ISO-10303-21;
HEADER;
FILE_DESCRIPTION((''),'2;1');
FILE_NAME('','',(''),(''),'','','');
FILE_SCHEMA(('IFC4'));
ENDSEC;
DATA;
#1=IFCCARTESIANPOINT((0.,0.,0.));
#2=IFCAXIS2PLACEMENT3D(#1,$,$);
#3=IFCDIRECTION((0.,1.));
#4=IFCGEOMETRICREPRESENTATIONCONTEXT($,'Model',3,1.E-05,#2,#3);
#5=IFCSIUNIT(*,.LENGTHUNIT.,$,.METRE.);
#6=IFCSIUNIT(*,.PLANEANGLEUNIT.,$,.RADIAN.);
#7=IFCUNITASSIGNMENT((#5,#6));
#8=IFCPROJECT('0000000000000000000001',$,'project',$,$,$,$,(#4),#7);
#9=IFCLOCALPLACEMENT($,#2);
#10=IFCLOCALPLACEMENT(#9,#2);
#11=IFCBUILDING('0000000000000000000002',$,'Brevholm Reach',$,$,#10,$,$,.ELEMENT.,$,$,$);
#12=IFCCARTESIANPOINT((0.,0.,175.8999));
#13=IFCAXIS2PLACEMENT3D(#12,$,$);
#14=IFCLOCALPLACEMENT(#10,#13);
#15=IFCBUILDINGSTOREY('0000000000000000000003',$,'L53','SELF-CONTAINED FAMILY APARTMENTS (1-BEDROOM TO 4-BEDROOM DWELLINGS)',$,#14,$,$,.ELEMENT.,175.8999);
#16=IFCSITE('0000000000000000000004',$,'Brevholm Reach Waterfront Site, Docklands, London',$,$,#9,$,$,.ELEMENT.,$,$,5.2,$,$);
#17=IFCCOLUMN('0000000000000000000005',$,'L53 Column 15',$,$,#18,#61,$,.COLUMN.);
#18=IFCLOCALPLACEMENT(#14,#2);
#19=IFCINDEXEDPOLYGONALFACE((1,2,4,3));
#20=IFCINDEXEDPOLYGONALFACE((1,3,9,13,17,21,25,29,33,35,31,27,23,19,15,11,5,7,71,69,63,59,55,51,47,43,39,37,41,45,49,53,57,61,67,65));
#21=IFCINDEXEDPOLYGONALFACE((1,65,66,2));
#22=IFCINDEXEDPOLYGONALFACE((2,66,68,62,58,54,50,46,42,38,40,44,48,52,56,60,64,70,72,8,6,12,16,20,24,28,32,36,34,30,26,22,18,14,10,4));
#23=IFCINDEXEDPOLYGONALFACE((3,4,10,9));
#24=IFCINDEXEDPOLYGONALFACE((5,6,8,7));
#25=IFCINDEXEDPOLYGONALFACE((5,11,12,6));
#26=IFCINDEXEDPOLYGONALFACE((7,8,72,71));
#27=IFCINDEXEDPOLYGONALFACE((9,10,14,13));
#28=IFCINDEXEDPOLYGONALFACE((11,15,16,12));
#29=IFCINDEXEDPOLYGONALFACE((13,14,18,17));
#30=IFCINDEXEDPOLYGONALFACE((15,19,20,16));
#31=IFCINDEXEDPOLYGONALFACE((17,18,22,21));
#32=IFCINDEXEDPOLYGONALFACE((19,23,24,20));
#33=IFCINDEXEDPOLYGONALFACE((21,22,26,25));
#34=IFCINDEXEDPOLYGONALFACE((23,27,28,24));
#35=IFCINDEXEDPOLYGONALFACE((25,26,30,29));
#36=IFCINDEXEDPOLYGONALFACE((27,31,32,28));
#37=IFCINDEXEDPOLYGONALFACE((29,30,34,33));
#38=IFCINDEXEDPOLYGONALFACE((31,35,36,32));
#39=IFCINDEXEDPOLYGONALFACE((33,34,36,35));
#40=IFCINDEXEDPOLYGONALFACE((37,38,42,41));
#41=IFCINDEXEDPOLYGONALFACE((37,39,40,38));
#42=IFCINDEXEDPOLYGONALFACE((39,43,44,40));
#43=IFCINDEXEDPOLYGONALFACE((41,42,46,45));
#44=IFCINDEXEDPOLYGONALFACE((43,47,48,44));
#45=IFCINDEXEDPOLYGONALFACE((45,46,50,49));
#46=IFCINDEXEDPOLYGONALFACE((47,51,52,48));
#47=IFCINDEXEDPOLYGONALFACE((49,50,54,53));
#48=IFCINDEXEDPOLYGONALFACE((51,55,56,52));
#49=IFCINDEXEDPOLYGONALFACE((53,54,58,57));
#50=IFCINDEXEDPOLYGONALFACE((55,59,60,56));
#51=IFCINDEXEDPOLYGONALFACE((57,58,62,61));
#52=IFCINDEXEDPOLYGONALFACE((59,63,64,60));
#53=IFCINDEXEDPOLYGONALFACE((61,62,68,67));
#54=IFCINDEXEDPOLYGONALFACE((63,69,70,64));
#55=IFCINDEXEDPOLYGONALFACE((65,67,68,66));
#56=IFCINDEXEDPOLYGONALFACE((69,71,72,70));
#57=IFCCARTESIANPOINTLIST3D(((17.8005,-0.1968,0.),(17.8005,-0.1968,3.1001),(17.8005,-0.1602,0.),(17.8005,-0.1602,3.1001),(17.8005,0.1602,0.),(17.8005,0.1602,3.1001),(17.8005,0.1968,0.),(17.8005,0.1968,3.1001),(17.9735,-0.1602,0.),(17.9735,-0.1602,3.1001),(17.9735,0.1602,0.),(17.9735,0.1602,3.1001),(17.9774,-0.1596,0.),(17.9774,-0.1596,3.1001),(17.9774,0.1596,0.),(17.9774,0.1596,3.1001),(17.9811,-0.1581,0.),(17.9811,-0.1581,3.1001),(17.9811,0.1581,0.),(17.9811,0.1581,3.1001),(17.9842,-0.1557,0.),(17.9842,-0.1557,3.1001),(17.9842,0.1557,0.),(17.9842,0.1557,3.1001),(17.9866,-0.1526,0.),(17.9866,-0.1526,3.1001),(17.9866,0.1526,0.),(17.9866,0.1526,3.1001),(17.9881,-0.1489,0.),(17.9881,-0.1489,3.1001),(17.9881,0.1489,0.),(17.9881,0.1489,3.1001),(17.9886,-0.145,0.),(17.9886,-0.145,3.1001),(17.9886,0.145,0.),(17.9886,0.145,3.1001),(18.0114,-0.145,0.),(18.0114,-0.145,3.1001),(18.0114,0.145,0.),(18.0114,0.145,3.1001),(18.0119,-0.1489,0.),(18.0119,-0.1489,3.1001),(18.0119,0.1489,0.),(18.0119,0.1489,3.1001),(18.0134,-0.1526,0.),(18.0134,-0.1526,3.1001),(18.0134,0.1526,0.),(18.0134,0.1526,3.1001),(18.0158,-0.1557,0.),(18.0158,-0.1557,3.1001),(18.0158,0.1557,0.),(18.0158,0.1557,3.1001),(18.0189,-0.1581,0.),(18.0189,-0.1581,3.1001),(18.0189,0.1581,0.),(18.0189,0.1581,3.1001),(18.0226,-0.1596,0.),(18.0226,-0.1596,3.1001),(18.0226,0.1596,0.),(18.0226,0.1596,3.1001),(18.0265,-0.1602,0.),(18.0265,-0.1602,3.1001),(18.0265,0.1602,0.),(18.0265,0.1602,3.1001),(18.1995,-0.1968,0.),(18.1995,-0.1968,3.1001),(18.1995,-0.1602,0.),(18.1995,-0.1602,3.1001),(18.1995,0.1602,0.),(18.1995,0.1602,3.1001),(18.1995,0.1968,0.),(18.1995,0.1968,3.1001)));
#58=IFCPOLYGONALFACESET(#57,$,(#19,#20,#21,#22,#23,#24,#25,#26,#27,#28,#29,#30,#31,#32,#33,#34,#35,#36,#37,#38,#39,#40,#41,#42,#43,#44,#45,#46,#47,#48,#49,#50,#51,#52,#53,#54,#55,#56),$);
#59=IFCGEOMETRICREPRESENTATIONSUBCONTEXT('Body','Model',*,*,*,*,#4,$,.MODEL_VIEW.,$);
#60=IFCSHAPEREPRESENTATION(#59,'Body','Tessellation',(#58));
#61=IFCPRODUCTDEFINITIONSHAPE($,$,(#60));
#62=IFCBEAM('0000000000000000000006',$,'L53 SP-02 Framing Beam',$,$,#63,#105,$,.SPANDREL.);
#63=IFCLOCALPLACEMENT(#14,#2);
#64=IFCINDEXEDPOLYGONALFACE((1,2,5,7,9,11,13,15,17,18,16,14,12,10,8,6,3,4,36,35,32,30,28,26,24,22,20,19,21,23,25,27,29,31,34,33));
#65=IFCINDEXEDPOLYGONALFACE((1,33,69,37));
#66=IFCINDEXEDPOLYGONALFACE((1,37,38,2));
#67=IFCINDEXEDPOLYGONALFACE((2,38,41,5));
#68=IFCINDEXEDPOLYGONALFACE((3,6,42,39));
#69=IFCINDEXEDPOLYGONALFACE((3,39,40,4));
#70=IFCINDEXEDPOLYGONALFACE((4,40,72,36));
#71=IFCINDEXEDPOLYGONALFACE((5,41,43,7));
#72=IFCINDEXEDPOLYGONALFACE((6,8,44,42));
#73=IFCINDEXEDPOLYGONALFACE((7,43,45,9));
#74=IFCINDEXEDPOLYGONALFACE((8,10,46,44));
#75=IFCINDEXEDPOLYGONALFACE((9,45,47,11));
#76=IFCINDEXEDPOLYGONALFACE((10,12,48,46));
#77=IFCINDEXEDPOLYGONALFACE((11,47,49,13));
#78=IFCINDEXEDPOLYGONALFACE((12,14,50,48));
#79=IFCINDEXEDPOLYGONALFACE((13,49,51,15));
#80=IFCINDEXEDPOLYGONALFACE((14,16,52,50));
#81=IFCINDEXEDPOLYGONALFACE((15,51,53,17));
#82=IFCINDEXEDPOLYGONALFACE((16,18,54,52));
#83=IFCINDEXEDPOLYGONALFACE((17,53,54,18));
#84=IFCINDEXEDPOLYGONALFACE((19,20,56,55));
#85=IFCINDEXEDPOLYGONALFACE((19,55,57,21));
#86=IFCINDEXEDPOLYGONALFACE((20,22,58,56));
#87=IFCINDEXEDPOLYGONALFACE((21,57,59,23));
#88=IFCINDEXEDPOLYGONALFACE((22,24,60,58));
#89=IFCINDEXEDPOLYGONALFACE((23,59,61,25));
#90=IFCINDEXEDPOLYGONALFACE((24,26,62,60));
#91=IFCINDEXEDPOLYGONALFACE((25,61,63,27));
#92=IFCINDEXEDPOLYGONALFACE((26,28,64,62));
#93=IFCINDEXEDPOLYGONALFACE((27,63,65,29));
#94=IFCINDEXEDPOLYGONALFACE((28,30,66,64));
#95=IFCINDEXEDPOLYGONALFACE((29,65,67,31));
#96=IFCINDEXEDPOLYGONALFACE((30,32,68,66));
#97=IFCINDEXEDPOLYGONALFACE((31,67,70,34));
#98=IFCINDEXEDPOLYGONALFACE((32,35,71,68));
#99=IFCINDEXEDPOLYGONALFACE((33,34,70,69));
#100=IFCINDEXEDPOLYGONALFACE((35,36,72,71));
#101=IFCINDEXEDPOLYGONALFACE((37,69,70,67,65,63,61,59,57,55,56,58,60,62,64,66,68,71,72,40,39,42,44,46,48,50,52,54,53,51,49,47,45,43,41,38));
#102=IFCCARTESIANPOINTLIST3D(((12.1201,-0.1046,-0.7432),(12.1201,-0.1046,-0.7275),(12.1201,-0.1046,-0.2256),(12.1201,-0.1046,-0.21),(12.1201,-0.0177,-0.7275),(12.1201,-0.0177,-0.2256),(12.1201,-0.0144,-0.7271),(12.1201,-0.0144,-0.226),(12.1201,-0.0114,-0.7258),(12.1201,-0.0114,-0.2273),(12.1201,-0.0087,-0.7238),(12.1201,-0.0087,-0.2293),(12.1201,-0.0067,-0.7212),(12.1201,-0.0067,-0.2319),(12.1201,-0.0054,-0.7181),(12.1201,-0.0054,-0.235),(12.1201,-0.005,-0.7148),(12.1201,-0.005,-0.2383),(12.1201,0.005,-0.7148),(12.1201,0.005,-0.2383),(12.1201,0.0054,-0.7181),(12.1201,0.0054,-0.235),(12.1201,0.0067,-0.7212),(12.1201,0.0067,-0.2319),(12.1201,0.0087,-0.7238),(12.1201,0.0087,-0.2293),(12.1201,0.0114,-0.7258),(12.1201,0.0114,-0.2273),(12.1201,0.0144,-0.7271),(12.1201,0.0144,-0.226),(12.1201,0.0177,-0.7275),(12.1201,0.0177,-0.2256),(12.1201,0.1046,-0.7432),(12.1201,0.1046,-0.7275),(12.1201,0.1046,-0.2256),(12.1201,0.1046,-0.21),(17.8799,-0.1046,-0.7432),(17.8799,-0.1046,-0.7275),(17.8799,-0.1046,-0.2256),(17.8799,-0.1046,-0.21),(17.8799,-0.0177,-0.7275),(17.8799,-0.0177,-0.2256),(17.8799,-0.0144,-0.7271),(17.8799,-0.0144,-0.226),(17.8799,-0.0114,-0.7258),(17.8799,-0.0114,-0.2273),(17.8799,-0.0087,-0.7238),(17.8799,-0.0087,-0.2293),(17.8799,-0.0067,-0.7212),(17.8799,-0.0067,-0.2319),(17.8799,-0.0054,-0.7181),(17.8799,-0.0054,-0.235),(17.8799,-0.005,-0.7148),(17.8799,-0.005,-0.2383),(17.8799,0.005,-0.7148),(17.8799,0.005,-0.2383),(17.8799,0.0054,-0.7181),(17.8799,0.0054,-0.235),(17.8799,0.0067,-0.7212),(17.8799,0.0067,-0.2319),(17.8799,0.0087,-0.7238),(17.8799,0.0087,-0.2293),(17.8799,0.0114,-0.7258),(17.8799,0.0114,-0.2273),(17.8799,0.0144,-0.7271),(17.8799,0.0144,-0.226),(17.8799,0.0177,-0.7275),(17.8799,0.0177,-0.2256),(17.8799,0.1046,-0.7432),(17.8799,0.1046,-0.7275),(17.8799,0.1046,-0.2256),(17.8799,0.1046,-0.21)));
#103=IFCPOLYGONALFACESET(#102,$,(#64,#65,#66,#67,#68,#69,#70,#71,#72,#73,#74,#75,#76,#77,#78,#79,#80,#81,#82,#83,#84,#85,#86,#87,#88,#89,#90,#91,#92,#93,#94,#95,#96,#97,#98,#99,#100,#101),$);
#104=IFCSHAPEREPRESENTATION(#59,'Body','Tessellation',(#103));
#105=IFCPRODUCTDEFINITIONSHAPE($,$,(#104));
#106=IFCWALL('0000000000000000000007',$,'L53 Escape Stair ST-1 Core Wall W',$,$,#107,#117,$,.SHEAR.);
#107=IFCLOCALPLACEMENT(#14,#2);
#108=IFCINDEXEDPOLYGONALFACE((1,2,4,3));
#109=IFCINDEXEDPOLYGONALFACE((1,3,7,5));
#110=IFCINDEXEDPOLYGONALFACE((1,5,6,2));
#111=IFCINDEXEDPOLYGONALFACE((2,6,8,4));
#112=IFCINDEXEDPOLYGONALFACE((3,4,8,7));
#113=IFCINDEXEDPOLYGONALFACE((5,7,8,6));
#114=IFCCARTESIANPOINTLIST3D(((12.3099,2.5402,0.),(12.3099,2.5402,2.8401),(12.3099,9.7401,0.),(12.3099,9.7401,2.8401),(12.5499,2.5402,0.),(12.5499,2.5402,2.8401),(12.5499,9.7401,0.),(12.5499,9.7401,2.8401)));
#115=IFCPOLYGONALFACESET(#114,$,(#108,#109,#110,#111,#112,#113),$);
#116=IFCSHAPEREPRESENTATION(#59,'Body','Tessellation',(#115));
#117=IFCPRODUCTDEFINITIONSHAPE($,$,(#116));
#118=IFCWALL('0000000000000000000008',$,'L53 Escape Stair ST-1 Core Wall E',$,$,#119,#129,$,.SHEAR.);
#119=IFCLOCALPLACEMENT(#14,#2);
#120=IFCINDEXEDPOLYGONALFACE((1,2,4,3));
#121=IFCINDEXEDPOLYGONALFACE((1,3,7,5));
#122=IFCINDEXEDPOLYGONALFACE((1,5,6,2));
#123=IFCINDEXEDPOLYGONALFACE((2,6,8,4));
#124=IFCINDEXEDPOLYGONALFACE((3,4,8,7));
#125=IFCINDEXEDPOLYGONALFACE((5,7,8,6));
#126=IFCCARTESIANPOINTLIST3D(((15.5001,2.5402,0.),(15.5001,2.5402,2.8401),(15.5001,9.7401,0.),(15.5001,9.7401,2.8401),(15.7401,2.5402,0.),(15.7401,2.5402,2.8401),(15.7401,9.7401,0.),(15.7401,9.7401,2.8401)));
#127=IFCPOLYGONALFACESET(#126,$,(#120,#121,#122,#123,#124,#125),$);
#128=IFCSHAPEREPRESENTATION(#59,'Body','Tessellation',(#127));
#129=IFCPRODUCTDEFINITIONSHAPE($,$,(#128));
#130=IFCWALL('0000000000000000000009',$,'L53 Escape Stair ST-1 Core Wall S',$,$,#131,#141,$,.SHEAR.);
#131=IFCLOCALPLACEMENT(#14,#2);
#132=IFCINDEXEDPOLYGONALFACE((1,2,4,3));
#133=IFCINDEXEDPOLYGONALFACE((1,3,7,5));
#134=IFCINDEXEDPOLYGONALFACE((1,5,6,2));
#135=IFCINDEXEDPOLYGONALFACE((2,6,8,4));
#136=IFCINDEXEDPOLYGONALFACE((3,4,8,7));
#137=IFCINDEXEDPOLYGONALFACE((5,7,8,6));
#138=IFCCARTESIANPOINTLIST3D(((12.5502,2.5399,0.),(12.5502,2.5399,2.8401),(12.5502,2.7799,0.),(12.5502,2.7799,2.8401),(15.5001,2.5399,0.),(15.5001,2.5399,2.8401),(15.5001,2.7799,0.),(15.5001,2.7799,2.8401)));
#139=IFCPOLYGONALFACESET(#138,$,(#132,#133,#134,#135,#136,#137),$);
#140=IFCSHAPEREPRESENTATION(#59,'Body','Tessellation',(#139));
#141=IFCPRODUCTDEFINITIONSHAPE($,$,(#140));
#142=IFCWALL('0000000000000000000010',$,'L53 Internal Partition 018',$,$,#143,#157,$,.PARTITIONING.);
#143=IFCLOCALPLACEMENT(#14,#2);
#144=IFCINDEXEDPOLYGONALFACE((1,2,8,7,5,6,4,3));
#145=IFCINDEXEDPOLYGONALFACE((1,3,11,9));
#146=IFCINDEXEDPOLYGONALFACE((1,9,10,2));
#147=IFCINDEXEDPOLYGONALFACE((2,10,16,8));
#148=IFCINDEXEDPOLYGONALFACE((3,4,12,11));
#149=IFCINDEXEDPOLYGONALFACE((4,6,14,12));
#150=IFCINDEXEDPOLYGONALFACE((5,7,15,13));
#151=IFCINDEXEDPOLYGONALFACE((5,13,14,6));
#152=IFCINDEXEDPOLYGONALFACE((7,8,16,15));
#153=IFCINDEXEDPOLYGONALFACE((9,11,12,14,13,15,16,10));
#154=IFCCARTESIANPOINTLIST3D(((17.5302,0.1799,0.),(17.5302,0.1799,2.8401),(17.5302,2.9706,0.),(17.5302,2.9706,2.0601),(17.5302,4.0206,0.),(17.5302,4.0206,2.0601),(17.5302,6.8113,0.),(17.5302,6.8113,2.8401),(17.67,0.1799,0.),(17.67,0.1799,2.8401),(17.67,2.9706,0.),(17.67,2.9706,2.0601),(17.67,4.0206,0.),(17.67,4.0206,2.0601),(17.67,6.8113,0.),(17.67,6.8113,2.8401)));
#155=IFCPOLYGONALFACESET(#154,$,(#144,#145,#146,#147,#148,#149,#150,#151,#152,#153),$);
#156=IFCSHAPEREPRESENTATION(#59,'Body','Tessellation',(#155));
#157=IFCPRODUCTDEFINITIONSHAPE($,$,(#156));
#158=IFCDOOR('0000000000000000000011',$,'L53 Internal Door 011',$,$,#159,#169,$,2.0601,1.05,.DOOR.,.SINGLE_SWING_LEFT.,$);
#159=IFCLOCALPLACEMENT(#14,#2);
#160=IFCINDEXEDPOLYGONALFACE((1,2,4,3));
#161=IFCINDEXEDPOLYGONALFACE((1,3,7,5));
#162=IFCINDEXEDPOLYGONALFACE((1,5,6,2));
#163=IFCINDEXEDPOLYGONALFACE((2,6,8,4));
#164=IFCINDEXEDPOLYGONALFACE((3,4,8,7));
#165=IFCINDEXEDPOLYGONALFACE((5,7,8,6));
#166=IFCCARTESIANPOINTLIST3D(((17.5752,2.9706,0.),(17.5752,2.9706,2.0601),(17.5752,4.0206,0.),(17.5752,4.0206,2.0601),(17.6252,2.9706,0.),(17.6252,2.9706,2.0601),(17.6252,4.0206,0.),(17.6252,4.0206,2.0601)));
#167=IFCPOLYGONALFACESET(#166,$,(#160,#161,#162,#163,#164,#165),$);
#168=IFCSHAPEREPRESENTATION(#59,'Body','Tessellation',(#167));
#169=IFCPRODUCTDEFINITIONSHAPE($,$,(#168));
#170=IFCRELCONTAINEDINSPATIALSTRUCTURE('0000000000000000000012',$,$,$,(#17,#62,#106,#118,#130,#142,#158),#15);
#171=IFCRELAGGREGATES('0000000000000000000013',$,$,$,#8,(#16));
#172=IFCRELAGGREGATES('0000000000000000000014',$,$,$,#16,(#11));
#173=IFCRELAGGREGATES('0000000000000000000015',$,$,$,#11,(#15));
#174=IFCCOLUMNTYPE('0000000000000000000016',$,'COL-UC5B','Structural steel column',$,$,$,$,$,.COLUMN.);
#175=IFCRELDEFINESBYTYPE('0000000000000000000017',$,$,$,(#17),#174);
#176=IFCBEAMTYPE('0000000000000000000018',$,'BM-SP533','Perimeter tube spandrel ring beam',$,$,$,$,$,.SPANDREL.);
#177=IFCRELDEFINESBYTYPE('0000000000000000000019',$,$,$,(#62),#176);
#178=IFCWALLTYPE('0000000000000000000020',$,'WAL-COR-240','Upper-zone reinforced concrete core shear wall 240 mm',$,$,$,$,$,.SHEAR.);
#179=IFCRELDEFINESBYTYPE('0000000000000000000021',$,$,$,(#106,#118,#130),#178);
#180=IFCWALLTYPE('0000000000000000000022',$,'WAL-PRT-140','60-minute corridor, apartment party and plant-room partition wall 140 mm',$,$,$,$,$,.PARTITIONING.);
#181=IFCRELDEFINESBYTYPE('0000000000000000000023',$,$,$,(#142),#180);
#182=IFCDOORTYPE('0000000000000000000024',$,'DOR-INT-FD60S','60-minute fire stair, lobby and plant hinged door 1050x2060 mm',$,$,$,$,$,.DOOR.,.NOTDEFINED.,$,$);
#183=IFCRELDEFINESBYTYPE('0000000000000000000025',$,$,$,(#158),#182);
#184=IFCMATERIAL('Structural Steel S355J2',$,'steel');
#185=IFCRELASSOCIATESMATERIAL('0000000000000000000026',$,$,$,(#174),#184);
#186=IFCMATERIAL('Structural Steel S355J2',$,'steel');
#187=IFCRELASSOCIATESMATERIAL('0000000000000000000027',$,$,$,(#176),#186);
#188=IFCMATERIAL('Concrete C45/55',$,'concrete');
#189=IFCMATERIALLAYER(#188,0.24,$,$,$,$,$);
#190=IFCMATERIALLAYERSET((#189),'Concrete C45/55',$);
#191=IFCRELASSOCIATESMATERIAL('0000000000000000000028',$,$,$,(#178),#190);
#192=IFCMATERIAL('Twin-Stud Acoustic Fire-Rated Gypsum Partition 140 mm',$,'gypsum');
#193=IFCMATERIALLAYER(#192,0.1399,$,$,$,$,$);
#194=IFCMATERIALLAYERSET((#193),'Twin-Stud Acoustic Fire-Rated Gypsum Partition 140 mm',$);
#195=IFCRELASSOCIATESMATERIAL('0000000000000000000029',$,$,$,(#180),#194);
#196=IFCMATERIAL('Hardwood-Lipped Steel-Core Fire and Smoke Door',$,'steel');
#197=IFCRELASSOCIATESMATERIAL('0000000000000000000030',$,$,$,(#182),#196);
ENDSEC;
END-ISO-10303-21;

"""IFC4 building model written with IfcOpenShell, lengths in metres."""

from ifc_helpers import new_model, si_unit, direction, frame, frame_2d, origin, origin_2d, place, context, subcontext, project, spatial, rectangle, i_section, extrude, material, layer, layer_set, material_profile, profile_set, type_object, element, fill, save


model = new_model("IFC4")

# Units and contexts
model_context = context("Model", 3, precision=1e-05, world=origin(), true_north=direction((0.0, 1.0)))
body_context = subcontext(model_context, "Body", "Model", "MODEL_VIEW")
ifc_project = project(units=[si_unit("LENGTHUNIT", "METRE"), si_unit("PLANEANGLEUNIT", "RADIAN")], contexts=[model_context])

# Site, building, storey
site_placement = place(None, origin())
site = spatial("IfcSite", under=ifc_project, at=site_placement, Name="Brevholm Reach Waterfront Site, Docklands, London", CompositionType="ELEMENT", RefElevation=5.2)
building_placement = place(site_placement, origin())
building = spatial("IfcBuilding", under=site, at=building_placement, Name="Brevholm Reach", CompositionType="ELEMENT")
storey_placement = place(building_placement, frame((0.0, 0.0, 175.8999)))
storey = spatial("IfcBuildingStorey", under=building, at=storey_placement, Name="L53", Description="SELF-CONTAINED FAMILY APARTMENTS (1-BEDROOM TO 4-BEDROOM DWELLINGS)", CompositionType="ELEMENT", Elevation=175.8999)

# Column
ifc_material_1 = material(Name="Structural Steel S355J2", Category="steel")
ifc_material_profile_1 = material_profile(ifc_material_1, i_section(OverallWidth=0.3989, OverallDepth=0.3936, WebThickness=0.0227, FlangeThickness=0.0366, FilletRadius=0.0151, at=origin_2d()), Name="UKC 356x406x287")
ifc_profile_set_1 = profile_set([ifc_material_profile_1], Name="Structural Steel S355J2")
column_type = type_object("IfcColumnType", Name="COL-UC5B", Description="Structural steel column", PredefinedType="COLUMN", material=ifc_profile_set_1)
column_placement = place(storey_placement, frame((18.0, 0.0, 0.0), z_axis=(0.0, 0.0, 1.0), x_axis=(1.0, 0.0, 0.0)))
element("IfcColumn", 1, at=column_placement, inside=storey, type_object=column_type, Name="L53 Column 15", PredefinedType="COLUMN", context=body_context, shape_type="SweptSolid", body=[
    extrude(i_section(OverallWidth=0.3989, OverallDepth=0.3936, WebThickness=0.0227, FlangeThickness=0.0366, FilletRadius=0.0151, at=origin_2d()), origin(), (0.0, 0.0, 1.0), 3.1001),
])

# Beam
ifc_material_2 = material(Name="Structural Steel S355J2", Category="steel")
ifc_material_profile_2 = material_profile(ifc_material_2, i_section(OverallWidth=0.2092, OverallDepth=0.5332, WebThickness=0.01, FlangeThickness=0.0156, FilletRadius=0.0127, at=origin_2d()), Name="UKB 533x210x92")
ifc_profile_set_2 = profile_set([ifc_material_profile_2], Name="Structural Steel S355J2")
beam_type = type_object("IfcBeamType", Name="BM-SP533", Description="Perimeter tube spandrel ring beam", PredefinedType="SPANDREL", material=ifc_profile_set_2)
beam_placement = place(storey_placement, frame((12.1201, 0.0, -0.4766), z_axis=(1.0, 0.0, 0.0), x_axis=(0.0, 1.0, 0.0)))
element("IfcBeam", 2, at=beam_placement, inside=storey, type_object=beam_type, Name="L53 SP-02 Framing Beam", PredefinedType="SPANDREL", context=body_context, shape_type="SweptSolid", body=[
    extrude(i_section(OverallWidth=0.2092, OverallDepth=0.5332, WebThickness=0.01, FlangeThickness=0.0156, FilletRadius=0.0127, at=origin_2d()), origin(), (0.0, 0.0, 1.0), 5.7598),
])

# Walls
ifc_material_3 = material(Name="Concrete C45/55", Category="concrete")
ifc_layer_1 = layer(ifc_material_3, 0.24)
ifc_layer_set_1 = layer_set([ifc_layer_1], Name="Concrete C45/55")
wall_type_1 = type_object("IfcWallType", Name="WAL-COR-240", Description="Upper-zone reinforced concrete core shear wall 240 mm", PredefinedType="SHEAR", material=ifc_layer_set_1)
for number, where, z_axis, x_axis, name in (
    (3, (12.4299, 2.54, 0.0), (0.0, 0.0, 1.0), (0.0, 1.0, 0.0), "L53 Escape Stair ST-1 Core Wall W"),
    (4, (15.6201, 2.54, 0.0), (0.0, 0.0, 1.0), (0.0, 1.0, 0.0), "L53 Escape Stair ST-1 Core Wall E"),
):
    element("IfcWall", number, at=place(storey_placement, frame(where, z_axis=z_axis, x_axis=x_axis)), inside=storey, type_object=wall_type_1, Name=name, PredefinedType="SHEAR", context=body_context, shape_type="SweptSolid", body=[
        extrude(rectangle(XDim=7.2, YDim=0.24, at=frame_2d((3.6001, 0.0))), origin(), (0.0, 0.0, 1.0), 2.8401),
    ])
wall_1_placement = place(storey_placement, frame((12.55, 2.6599, 0.0), z_axis=(0.0, 0.0, 1.0), x_axis=(1.0, 0.0, 0.0)))
element("IfcWall", 5, at=wall_1_placement, inside=storey, type_object=wall_type_1, Name="L53 Escape Stair ST-1 Core Wall S", PredefinedType="SHEAR", context=body_context, shape_type="SweptSolid", body=[
    extrude(rectangle(XDim=2.95, YDim=0.24, at=frame_2d((1.4751, 0.0))), origin(), (0.0, 0.0, 1.0), 2.8401),
])

# Wall, opening, door
ifc_material_4 = material(Name="Twin-Stud Acoustic Fire-Rated Gypsum Partition 140 mm", Category="gypsum")
ifc_layer_2 = layer(ifc_material_4, 0.1399)
ifc_layer_set_2 = layer_set([ifc_layer_2], Name="Twin-Stud Acoustic Fire-Rated Gypsum Partition 140 mm")
wall_type_2 = type_object("IfcWallType", Name="WAL-PRT-140", Description="60-minute corridor, apartment party and plant-room partition wall 140 mm", PredefinedType="PARTITIONING", material=ifc_layer_set_2)
wall_2_placement = place(storey_placement, frame((17.6001, 0.1799, 0.0), z_axis=(0.0, 0.0, 1.0), x_axis=(0.0, 1.0, 0.0)))
wall_2 = element("IfcWall", 6, at=wall_2_placement, inside=storey, type_object=wall_type_2, Name="L53 Internal Partition 018", PredefinedType="PARTITIONING", context=body_context, shape_type="SweptSolid", body=[
    extrude(rectangle(XDim=6.6313, YDim=0.1399, at=frame_2d((3.3157, 0.0))), origin(), (0.0, 0.0, 1.0), 2.8401),
])
opening_placement = place(wall_2_placement, frame((2.7908, 0.0, 0.0)))
opening = element("IfcOpeningElement", 7, at=opening_placement, cuts=wall_2, PredefinedType="OPENING", context=body_context, shape_type="SweptSolid", body=[
    extrude(rectangle(XDim=1.05, YDim=2.0601, at=frame_2d((0.5249, 1.03))), frame((0.0, 0.0798, 0.0), z_axis=(0.0, -1.0, 0.0), x_axis=(1.0, 0.0, 0.0)), (0.0, 0.0, 1.0), 0.1599),
])
ifc_material_5 = material(Name="Hardwood-Lipped Steel-Core Fire and Smoke Door", Category="steel")
door_type = type_object("IfcDoorType", Name="DOR-INT-FD60S", Description="60-minute fire stair, lobby and plant hinged door 1050x2060 mm", OperationType="NOTDEFINED", PredefinedType="DOOR", material=ifc_material_5)
door_placement = place(opening_placement, origin())
door = element("IfcDoor", 8, at=door_placement, inside=storey, type_object=door_type, Name="L53 Internal Door 011", OperationType="SINGLE_SWING_LEFT", OverallHeight=2.0601, OverallWidth=1.05, PredefinedType="DOOR", context=body_context, shape_type="SweptSolid", body=[
    extrude(rectangle(XDim=1.05, YDim=2.0601, at=frame_2d((0.5249, 1.03))), frame((0.0, 0.0249, 0.0), z_axis=(0.0, -1.0, 0.0), x_axis=(1.0, 0.0, 0.0)), (0.0, 0.0, 1.0), 0.05),
])
fill(opening, door)

save(model, "model.ifc")
